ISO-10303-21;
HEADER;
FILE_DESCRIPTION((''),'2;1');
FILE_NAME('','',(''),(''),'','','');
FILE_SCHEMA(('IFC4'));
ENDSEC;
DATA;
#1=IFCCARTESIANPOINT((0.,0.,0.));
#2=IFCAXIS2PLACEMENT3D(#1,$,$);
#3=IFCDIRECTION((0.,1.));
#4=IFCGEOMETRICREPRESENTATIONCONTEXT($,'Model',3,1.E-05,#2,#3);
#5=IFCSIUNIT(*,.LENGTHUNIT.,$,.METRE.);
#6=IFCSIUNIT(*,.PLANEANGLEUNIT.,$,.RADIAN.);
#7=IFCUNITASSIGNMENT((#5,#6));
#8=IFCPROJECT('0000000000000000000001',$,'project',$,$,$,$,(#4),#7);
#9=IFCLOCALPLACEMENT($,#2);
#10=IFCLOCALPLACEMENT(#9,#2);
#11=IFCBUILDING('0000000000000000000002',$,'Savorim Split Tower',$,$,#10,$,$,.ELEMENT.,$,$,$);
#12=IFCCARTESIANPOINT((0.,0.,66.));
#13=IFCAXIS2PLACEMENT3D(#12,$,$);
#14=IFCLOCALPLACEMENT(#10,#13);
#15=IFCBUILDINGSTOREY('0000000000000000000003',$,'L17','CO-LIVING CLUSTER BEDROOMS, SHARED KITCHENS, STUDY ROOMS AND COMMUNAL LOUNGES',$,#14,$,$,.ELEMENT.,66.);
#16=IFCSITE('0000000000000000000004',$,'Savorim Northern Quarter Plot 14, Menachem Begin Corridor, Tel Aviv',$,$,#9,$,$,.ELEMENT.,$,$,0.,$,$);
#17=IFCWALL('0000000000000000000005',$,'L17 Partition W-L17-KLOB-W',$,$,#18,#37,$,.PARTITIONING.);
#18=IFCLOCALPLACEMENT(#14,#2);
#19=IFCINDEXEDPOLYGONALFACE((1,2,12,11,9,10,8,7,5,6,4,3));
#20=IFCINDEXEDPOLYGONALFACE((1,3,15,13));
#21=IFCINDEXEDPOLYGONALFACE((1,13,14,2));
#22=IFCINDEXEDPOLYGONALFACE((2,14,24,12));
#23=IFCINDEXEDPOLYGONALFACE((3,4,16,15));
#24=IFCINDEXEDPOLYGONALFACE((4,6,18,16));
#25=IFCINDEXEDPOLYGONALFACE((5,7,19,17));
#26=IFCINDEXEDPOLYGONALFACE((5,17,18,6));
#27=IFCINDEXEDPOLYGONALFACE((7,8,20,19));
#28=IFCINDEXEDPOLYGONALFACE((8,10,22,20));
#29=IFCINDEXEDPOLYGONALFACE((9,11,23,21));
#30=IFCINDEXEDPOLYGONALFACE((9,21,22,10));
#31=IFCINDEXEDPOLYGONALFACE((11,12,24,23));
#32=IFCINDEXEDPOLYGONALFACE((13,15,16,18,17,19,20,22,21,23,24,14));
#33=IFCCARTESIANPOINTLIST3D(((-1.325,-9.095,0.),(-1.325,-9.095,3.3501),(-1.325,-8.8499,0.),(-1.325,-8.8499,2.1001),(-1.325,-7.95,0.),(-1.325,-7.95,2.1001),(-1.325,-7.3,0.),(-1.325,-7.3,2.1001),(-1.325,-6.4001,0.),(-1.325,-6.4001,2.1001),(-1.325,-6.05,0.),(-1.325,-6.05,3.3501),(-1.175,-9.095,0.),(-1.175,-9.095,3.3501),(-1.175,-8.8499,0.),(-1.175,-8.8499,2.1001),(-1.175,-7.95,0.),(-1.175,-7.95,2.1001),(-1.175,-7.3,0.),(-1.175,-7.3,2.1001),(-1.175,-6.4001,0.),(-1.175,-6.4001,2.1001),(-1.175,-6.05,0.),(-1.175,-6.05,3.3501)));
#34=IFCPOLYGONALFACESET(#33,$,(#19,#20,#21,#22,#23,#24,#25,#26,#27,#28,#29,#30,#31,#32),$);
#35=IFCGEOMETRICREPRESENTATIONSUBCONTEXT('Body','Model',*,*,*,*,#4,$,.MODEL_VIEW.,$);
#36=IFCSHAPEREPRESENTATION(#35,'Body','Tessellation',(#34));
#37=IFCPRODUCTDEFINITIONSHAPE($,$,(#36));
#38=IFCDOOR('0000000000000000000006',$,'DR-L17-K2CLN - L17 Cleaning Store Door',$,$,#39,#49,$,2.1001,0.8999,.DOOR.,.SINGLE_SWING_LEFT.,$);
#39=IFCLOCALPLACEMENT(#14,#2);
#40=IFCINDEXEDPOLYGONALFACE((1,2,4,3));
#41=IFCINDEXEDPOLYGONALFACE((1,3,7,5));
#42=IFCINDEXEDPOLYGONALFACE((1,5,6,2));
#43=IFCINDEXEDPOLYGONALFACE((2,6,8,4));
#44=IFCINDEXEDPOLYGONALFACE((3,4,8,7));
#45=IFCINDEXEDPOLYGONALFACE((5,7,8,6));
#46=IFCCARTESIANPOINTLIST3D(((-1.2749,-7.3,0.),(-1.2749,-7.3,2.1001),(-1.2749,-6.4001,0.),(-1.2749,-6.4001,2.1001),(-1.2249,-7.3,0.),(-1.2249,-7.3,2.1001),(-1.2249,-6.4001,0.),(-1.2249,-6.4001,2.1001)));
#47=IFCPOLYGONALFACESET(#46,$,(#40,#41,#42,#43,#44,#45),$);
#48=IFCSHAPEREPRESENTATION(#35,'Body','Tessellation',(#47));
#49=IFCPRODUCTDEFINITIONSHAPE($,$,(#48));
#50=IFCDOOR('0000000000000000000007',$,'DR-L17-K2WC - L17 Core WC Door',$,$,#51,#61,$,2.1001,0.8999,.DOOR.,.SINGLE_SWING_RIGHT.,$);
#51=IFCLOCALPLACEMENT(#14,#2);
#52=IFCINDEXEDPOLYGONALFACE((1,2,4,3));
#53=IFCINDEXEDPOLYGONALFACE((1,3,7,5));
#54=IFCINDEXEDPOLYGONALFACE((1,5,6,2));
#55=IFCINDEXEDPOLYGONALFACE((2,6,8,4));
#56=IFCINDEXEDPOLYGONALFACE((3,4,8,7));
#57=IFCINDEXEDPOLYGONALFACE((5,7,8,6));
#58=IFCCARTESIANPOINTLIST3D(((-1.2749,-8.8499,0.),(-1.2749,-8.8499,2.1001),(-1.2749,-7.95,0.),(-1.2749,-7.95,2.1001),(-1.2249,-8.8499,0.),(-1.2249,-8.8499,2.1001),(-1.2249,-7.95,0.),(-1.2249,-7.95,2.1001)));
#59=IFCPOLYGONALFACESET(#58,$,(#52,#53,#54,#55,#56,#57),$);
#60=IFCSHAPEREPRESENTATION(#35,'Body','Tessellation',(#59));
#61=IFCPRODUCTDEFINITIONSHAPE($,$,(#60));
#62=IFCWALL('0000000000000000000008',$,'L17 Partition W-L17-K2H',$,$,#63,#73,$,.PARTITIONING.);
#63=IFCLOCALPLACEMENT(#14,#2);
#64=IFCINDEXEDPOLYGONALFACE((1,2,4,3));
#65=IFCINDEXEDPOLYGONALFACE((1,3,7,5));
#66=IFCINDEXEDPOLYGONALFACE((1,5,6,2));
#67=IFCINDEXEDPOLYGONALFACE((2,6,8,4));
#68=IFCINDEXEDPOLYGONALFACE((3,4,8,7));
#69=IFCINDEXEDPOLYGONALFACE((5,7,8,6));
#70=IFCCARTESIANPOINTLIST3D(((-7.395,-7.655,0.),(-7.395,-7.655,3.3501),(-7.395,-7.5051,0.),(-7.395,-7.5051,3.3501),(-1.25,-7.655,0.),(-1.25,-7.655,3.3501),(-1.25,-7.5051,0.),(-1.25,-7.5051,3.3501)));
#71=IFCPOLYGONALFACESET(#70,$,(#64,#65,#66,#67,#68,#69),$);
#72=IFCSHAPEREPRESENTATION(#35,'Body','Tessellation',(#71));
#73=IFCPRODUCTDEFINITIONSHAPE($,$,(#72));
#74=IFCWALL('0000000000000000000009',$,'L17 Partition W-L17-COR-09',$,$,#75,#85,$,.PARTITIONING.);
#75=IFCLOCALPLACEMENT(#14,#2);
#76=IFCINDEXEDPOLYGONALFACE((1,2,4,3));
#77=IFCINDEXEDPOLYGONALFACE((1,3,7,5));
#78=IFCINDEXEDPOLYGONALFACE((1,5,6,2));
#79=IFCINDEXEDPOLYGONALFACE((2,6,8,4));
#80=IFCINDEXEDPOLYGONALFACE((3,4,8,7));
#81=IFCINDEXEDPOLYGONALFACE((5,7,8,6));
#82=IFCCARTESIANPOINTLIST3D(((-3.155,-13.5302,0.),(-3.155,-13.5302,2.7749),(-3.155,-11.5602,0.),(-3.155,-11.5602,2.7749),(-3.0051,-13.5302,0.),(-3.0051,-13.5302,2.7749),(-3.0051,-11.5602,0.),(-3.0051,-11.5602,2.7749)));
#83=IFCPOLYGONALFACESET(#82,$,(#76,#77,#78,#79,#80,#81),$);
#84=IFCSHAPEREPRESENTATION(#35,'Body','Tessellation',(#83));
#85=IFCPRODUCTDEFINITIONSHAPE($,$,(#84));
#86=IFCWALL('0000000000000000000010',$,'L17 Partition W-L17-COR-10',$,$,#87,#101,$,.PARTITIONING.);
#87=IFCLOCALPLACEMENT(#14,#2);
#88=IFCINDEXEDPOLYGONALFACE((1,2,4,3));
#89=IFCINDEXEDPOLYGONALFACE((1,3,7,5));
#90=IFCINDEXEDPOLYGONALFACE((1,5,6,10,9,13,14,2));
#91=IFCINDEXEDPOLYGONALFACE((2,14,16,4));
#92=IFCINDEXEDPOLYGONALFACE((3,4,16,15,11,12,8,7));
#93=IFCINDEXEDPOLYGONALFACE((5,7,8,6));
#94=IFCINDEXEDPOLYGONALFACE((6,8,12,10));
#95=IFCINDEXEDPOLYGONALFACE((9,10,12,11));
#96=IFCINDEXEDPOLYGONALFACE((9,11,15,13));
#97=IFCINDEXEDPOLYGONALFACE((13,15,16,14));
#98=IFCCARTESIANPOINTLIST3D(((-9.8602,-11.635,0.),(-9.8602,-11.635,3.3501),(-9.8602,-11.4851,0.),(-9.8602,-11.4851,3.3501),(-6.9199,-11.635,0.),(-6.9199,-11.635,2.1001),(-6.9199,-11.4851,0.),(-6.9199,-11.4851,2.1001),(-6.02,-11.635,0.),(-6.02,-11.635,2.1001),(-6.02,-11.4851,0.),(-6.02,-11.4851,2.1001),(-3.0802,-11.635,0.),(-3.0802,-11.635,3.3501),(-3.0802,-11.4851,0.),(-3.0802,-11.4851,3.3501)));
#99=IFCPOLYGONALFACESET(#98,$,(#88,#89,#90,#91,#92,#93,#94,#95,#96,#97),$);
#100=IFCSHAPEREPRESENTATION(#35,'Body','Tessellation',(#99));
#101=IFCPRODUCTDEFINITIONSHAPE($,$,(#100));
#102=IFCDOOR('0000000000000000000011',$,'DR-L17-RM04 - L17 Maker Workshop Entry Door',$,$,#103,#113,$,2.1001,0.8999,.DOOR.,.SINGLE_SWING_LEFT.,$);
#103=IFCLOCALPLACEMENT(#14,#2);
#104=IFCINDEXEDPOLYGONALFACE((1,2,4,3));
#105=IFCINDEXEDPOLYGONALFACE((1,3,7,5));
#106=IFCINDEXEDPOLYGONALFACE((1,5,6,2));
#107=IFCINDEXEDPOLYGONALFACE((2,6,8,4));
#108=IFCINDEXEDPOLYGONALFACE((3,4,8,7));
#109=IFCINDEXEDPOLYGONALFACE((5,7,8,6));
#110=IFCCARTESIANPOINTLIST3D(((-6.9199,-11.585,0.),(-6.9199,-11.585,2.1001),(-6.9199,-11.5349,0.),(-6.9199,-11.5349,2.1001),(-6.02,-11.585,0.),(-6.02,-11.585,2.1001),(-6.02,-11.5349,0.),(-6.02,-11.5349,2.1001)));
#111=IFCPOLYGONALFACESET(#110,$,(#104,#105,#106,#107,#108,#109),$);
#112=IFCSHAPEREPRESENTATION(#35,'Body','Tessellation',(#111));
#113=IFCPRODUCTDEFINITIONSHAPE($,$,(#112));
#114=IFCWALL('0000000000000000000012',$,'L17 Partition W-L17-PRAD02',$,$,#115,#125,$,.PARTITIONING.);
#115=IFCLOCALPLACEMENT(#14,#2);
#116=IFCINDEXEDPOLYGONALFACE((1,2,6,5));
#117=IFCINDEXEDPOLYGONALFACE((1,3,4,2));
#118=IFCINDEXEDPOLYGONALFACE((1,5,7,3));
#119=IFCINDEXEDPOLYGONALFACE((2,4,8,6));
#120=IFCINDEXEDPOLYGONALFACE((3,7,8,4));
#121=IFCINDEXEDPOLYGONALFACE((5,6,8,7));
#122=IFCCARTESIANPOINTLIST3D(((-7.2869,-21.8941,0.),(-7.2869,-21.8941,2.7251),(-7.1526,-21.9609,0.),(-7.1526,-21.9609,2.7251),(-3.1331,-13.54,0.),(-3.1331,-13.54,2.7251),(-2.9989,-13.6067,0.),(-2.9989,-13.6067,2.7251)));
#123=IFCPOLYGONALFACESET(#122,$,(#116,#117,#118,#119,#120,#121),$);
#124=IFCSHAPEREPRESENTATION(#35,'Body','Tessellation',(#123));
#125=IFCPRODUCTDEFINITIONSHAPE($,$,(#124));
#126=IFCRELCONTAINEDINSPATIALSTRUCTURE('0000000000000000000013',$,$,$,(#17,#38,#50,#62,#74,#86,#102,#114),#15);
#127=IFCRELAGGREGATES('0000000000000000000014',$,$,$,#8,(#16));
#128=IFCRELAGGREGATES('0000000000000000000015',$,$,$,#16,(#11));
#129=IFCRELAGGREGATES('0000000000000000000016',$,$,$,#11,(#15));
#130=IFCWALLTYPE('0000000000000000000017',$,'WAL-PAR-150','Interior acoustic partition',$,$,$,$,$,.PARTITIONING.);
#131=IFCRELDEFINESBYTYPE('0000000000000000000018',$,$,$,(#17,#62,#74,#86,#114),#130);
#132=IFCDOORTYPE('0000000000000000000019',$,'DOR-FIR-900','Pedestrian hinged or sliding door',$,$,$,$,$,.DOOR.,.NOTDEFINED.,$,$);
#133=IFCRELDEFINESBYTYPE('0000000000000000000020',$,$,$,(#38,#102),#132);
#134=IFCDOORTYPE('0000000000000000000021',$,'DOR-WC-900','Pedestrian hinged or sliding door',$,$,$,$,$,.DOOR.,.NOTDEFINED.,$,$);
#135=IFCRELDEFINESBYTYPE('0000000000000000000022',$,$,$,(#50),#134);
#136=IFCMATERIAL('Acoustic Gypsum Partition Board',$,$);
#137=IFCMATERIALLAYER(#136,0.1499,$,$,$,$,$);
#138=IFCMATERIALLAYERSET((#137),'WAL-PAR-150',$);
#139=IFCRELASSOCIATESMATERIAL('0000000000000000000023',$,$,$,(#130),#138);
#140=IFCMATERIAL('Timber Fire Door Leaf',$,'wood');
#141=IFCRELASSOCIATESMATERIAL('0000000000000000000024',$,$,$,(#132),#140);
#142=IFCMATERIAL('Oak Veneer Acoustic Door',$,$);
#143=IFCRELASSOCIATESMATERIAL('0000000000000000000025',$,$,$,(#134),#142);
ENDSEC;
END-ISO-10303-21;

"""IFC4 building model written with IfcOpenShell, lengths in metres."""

from ifc_helpers import new_model, si_unit, direction, frame, frame_2d, origin, place, context, subcontext, project, spatial, rectangle, extrude, material, layer, layer_set, type_object, element, fill, save


model = new_model("IFC4")

# Units and contexts
model_context = context("Model", 3, precision=1e-05, world=origin(), true_north=direction((0.0, 1.0)))
body_context = subcontext(model_context, "Body", "Model", "MODEL_VIEW")
ifc_project = project(units=[si_unit("LENGTHUNIT", "METRE"), si_unit("PLANEANGLEUNIT", "RADIAN")], contexts=[model_context])

# Site, building, storey
site_placement = place(None, origin())
site = spatial("IfcSite", under=ifc_project, at=site_placement, Name="Savorim Northern Quarter Plot 14, Menachem Begin Corridor, Tel Aviv", CompositionType="ELEMENT", RefElevation=0.0)
building_placement = place(site_placement, origin())
building = spatial("IfcBuilding", under=site, at=building_placement, Name="Savorim Split Tower", CompositionType="ELEMENT")
storey_placement = place(building_placement, frame((0.0, 0.0, 66.0)))
storey = spatial("IfcBuildingStorey", under=building, at=storey_placement, Name="L17", Description="CO-LIVING CLUSTER BEDROOMS, SHARED KITCHENS, STUDY ROOMS AND COMMUNAL LOUNGES", CompositionType="ELEMENT", Elevation=66.0)

# Shared definitions
ifc_material_1 = material(Name="Timber Fire Door Leaf", Category="wood")

# Shared definitions
ifc_material_2 = material(Name="Acoustic Gypsum Partition Board")
ifc_layer_1 = layer(ifc_material_2, 0.1499)
ifc_layer_set_1 = layer_set([ifc_layer_1], Name="WAL-PAR-150")
wall_type_1 = type_object("IfcWallType", Name="WAL-PAR-150", Description="Interior acoustic partition", PredefinedType="PARTITIONING", material=ifc_layer_set_1)

# Wall, openings, doors
wall_1_placement = place(storey_placement, frame((-1.25, -9.095, 0.0), z_axis=(0.0, 0.0, 1.0), x_axis=(0.0, 1.0, 0.0)))
wall_1 = element("IfcWall", 1, at=wall_1_placement, inside=storey, type_object=wall_type_1, Name="L17 Partition W-L17-KLOB-W", PredefinedType="PARTITIONING", context=body_context, shape_type="SweptSolid", body=[
    extrude(rectangle(XDim=3.0449, YDim=0.1499, at=frame_2d((1.5225, 0.0))), origin(), (0.0, 0.0, 1.0), 3.3501),
])
opening_1_placement = place(wall_1_placement, frame((1.7949, 0.0, 0.0)))
opening_1 = element("IfcOpeningElement", 2, at=opening_1_placement, cuts=wall_1, PredefinedType="OPENING", context=body_context, shape_type="SweptSolid", body=[
    extrude(rectangle(XDim=0.8999, YDim=2.1001, at=frame_2d((0.45, 1.05))), frame((0.0, 0.085, 0.0), z_axis=(0.0, -1.0, 0.0), x_axis=(1.0, 0.0, 0.0)), (0.0, 0.0, 1.0), 0.1699),
])
opening_2_placement = place(wall_1_placement, frame((0.2451, 0.0, 0.0)))
opening_2 = element("IfcOpeningElement", 3, at=opening_2_placement, cuts=wall_1, PredefinedType="OPENING", context=body_context, shape_type="SweptSolid", body=[
    extrude(rectangle(XDim=0.8999, YDim=2.1001, at=frame_2d((0.45, 1.05))), frame((0.0, 0.085, 0.0), z_axis=(0.0, -1.0, 0.0), x_axis=(1.0, 0.0, 0.0)), (0.0, 0.0, 1.0), 0.1699),
])
door_type_1 = type_object("IfcDoorType", Name="DOR-FIR-900", Description="Pedestrian hinged or sliding door", OperationType="NOTDEFINED", PredefinedType="DOOR", material=ifc_material_1)
door_1_placement = place(opening_1_placement, origin())
door_1 = element("IfcDoor", 4, at=door_1_placement, inside=storey, type_object=door_type_1, Name="DR-L17-K2CLN - L17 Cleaning Store Door", OperationType="SINGLE_SWING_LEFT", OverallHeight=2.1001, OverallWidth=0.8999, PredefinedType="DOOR", context=body_context, shape_type="SweptSolid", body=[
    extrude(rectangle(XDim=0.8999, YDim=2.1001, at=frame_2d((0.45, 1.05))), frame((0.0, 0.0249, 0.0), z_axis=(0.0, -1.0, 0.0), x_axis=(1.0, 0.0, 0.0)), (0.0, 0.0, 1.0), 0.05),
])
fill(opening_1, door_1)
ifc_material_3 = material(Name="Oak Veneer Acoustic Door")
door_type_2 = type_object("IfcDoorType", Name="DOR-WC-900", Description="Pedestrian hinged or sliding door", OperationType="NOTDEFINED", PredefinedType="DOOR", material=ifc_material_3)
door_2_placement = place(opening_2_placement, origin())
door_2 = element("IfcDoor", 5, at=door_2_placement, inside=storey, type_object=door_type_2, Name="DR-L17-K2WC - L17 Core WC Door", OperationType="SINGLE_SWING_RIGHT", OverallHeight=2.1001, OverallWidth=0.8999, PredefinedType="DOOR", context=body_context, shape_type="SweptSolid", body=[
    extrude(rectangle(XDim=0.8999, YDim=2.1001, at=frame_2d((0.45, 1.05))), frame((0.0, 0.0249, 0.0), z_axis=(0.0, -1.0, 0.0), x_axis=(1.0, 0.0, 0.0)), (0.0, 0.0, 1.0), 0.05),
])
fill(opening_2, door_2)

# Walls
wall_2_placement = place(storey_placement, frame((-7.395, -7.5801, 0.0), z_axis=(0.0, 0.0, 1.0), x_axis=(1.0, 0.0, 0.0)))
element("IfcWall", 6, at=wall_2_placement, inside=storey, type_object=wall_type_1, Name="L17 Partition W-L17-K2H", PredefinedType="PARTITIONING", context=body_context, shape_type="SweptSolid", body=[
    extrude(rectangle(XDim=6.145, YDim=0.1499, at=frame_2d((3.0725, 0.0))), origin(), (0.0, 0.0, 1.0), 3.3501),
])
wall_3_placement = place(storey_placement, frame((-3.0801, -13.53, 0.0), z_axis=(0.0, 0.0, 1.0), x_axis=(0.0, 1.0, 0.0)))
element("IfcWall", 7, at=wall_3_placement, inside=storey, type_object=wall_type_1, Name="L17 Partition W-L17-COR-09", PredefinedType="PARTITIONING", context=body_context, shape_type="SweptSolid", body=[
    extrude(rectangle(XDim=1.97, YDim=0.1499, at=frame_2d((0.9849, 0.0))), origin(), (0.0, 0.0, 1.0), 2.7749),
])

# Wall, opening, door
wall_4_placement = place(storey_placement, frame((-3.0801, -11.5601, 0.0), z_axis=(0.0, 0.0, 1.0), x_axis=(-1.0, 0.0, 0.0)))
wall_4 = element("IfcWall", 8, at=wall_4_placement, inside=storey, type_object=wall_type_1, Name="L17 Partition W-L17-COR-10", PredefinedType="PARTITIONING", context=body_context, shape_type="SweptSolid", body=[
    extrude(rectangle(XDim=6.78, YDim=0.1499, at=frame_2d((3.3901, 0.0))), origin(), (0.0, 0.0, 1.0), 3.3501),
])
opening_3_placement = place(wall_4_placement, frame((2.9399, 0.0, 0.0)))
opening_3 = element("IfcOpeningElement", 9, at=opening_3_placement, cuts=wall_4, PredefinedType="OPENING", context=body_context, shape_type="SweptSolid", body=[
    extrude(rectangle(XDim=0.8999, YDim=2.1001, at=frame_2d((0.45, 1.05))), frame((0.0, 0.085, 0.0), z_axis=(0.0, -1.0, 0.0), x_axis=(1.0, 0.0, 0.0)), (0.0, 0.0, 1.0), 0.1699),
])
door_3_placement = place(opening_3_placement, origin())
door_3 = element("IfcDoor", 10, at=door_3_placement, inside=storey, type_object=door_type_1, Name="DR-L17-RM04 - L17 Maker Workshop Entry Door", OperationType="SINGLE_SWING_LEFT", OverallHeight=2.1001, OverallWidth=0.8999, PredefinedType="DOOR", context=body_context, shape_type="SweptSolid", body=[
    extrude(rectangle(XDim=0.8999, YDim=2.1001, at=frame_2d((0.45, 1.05))), frame((0.0, 0.0249, 0.0), z_axis=(0.0, -1.0, 0.0), x_axis=(1.0, 0.0, 0.0)), (0.0, 0.0, 1.0), 0.05),
])
fill(opening_3, door_3)

# Wall
wall_5_placement = place(storey_placement, frame((-3.0659, -13.5732, 0.0), z_axis=(0.0, 0.0, 1.0), x_axis=(-0.445213, -0.895425, 0.0)))
element("IfcWall", 11, at=wall_5_placement, inside=storey, type_object=wall_type_1, Name="L17 Partition W-L17-PRAD02", PredefinedType="PARTITIONING", context=body_context, shape_type="SweptSolid", body=[
    extrude(rectangle(XDim=9.3298, YDim=0.1499, at=frame_2d((4.665, 0.0))), origin(), (0.0, 0.0, 1.0), 2.7251),
])

save(model, "model.ifc")
